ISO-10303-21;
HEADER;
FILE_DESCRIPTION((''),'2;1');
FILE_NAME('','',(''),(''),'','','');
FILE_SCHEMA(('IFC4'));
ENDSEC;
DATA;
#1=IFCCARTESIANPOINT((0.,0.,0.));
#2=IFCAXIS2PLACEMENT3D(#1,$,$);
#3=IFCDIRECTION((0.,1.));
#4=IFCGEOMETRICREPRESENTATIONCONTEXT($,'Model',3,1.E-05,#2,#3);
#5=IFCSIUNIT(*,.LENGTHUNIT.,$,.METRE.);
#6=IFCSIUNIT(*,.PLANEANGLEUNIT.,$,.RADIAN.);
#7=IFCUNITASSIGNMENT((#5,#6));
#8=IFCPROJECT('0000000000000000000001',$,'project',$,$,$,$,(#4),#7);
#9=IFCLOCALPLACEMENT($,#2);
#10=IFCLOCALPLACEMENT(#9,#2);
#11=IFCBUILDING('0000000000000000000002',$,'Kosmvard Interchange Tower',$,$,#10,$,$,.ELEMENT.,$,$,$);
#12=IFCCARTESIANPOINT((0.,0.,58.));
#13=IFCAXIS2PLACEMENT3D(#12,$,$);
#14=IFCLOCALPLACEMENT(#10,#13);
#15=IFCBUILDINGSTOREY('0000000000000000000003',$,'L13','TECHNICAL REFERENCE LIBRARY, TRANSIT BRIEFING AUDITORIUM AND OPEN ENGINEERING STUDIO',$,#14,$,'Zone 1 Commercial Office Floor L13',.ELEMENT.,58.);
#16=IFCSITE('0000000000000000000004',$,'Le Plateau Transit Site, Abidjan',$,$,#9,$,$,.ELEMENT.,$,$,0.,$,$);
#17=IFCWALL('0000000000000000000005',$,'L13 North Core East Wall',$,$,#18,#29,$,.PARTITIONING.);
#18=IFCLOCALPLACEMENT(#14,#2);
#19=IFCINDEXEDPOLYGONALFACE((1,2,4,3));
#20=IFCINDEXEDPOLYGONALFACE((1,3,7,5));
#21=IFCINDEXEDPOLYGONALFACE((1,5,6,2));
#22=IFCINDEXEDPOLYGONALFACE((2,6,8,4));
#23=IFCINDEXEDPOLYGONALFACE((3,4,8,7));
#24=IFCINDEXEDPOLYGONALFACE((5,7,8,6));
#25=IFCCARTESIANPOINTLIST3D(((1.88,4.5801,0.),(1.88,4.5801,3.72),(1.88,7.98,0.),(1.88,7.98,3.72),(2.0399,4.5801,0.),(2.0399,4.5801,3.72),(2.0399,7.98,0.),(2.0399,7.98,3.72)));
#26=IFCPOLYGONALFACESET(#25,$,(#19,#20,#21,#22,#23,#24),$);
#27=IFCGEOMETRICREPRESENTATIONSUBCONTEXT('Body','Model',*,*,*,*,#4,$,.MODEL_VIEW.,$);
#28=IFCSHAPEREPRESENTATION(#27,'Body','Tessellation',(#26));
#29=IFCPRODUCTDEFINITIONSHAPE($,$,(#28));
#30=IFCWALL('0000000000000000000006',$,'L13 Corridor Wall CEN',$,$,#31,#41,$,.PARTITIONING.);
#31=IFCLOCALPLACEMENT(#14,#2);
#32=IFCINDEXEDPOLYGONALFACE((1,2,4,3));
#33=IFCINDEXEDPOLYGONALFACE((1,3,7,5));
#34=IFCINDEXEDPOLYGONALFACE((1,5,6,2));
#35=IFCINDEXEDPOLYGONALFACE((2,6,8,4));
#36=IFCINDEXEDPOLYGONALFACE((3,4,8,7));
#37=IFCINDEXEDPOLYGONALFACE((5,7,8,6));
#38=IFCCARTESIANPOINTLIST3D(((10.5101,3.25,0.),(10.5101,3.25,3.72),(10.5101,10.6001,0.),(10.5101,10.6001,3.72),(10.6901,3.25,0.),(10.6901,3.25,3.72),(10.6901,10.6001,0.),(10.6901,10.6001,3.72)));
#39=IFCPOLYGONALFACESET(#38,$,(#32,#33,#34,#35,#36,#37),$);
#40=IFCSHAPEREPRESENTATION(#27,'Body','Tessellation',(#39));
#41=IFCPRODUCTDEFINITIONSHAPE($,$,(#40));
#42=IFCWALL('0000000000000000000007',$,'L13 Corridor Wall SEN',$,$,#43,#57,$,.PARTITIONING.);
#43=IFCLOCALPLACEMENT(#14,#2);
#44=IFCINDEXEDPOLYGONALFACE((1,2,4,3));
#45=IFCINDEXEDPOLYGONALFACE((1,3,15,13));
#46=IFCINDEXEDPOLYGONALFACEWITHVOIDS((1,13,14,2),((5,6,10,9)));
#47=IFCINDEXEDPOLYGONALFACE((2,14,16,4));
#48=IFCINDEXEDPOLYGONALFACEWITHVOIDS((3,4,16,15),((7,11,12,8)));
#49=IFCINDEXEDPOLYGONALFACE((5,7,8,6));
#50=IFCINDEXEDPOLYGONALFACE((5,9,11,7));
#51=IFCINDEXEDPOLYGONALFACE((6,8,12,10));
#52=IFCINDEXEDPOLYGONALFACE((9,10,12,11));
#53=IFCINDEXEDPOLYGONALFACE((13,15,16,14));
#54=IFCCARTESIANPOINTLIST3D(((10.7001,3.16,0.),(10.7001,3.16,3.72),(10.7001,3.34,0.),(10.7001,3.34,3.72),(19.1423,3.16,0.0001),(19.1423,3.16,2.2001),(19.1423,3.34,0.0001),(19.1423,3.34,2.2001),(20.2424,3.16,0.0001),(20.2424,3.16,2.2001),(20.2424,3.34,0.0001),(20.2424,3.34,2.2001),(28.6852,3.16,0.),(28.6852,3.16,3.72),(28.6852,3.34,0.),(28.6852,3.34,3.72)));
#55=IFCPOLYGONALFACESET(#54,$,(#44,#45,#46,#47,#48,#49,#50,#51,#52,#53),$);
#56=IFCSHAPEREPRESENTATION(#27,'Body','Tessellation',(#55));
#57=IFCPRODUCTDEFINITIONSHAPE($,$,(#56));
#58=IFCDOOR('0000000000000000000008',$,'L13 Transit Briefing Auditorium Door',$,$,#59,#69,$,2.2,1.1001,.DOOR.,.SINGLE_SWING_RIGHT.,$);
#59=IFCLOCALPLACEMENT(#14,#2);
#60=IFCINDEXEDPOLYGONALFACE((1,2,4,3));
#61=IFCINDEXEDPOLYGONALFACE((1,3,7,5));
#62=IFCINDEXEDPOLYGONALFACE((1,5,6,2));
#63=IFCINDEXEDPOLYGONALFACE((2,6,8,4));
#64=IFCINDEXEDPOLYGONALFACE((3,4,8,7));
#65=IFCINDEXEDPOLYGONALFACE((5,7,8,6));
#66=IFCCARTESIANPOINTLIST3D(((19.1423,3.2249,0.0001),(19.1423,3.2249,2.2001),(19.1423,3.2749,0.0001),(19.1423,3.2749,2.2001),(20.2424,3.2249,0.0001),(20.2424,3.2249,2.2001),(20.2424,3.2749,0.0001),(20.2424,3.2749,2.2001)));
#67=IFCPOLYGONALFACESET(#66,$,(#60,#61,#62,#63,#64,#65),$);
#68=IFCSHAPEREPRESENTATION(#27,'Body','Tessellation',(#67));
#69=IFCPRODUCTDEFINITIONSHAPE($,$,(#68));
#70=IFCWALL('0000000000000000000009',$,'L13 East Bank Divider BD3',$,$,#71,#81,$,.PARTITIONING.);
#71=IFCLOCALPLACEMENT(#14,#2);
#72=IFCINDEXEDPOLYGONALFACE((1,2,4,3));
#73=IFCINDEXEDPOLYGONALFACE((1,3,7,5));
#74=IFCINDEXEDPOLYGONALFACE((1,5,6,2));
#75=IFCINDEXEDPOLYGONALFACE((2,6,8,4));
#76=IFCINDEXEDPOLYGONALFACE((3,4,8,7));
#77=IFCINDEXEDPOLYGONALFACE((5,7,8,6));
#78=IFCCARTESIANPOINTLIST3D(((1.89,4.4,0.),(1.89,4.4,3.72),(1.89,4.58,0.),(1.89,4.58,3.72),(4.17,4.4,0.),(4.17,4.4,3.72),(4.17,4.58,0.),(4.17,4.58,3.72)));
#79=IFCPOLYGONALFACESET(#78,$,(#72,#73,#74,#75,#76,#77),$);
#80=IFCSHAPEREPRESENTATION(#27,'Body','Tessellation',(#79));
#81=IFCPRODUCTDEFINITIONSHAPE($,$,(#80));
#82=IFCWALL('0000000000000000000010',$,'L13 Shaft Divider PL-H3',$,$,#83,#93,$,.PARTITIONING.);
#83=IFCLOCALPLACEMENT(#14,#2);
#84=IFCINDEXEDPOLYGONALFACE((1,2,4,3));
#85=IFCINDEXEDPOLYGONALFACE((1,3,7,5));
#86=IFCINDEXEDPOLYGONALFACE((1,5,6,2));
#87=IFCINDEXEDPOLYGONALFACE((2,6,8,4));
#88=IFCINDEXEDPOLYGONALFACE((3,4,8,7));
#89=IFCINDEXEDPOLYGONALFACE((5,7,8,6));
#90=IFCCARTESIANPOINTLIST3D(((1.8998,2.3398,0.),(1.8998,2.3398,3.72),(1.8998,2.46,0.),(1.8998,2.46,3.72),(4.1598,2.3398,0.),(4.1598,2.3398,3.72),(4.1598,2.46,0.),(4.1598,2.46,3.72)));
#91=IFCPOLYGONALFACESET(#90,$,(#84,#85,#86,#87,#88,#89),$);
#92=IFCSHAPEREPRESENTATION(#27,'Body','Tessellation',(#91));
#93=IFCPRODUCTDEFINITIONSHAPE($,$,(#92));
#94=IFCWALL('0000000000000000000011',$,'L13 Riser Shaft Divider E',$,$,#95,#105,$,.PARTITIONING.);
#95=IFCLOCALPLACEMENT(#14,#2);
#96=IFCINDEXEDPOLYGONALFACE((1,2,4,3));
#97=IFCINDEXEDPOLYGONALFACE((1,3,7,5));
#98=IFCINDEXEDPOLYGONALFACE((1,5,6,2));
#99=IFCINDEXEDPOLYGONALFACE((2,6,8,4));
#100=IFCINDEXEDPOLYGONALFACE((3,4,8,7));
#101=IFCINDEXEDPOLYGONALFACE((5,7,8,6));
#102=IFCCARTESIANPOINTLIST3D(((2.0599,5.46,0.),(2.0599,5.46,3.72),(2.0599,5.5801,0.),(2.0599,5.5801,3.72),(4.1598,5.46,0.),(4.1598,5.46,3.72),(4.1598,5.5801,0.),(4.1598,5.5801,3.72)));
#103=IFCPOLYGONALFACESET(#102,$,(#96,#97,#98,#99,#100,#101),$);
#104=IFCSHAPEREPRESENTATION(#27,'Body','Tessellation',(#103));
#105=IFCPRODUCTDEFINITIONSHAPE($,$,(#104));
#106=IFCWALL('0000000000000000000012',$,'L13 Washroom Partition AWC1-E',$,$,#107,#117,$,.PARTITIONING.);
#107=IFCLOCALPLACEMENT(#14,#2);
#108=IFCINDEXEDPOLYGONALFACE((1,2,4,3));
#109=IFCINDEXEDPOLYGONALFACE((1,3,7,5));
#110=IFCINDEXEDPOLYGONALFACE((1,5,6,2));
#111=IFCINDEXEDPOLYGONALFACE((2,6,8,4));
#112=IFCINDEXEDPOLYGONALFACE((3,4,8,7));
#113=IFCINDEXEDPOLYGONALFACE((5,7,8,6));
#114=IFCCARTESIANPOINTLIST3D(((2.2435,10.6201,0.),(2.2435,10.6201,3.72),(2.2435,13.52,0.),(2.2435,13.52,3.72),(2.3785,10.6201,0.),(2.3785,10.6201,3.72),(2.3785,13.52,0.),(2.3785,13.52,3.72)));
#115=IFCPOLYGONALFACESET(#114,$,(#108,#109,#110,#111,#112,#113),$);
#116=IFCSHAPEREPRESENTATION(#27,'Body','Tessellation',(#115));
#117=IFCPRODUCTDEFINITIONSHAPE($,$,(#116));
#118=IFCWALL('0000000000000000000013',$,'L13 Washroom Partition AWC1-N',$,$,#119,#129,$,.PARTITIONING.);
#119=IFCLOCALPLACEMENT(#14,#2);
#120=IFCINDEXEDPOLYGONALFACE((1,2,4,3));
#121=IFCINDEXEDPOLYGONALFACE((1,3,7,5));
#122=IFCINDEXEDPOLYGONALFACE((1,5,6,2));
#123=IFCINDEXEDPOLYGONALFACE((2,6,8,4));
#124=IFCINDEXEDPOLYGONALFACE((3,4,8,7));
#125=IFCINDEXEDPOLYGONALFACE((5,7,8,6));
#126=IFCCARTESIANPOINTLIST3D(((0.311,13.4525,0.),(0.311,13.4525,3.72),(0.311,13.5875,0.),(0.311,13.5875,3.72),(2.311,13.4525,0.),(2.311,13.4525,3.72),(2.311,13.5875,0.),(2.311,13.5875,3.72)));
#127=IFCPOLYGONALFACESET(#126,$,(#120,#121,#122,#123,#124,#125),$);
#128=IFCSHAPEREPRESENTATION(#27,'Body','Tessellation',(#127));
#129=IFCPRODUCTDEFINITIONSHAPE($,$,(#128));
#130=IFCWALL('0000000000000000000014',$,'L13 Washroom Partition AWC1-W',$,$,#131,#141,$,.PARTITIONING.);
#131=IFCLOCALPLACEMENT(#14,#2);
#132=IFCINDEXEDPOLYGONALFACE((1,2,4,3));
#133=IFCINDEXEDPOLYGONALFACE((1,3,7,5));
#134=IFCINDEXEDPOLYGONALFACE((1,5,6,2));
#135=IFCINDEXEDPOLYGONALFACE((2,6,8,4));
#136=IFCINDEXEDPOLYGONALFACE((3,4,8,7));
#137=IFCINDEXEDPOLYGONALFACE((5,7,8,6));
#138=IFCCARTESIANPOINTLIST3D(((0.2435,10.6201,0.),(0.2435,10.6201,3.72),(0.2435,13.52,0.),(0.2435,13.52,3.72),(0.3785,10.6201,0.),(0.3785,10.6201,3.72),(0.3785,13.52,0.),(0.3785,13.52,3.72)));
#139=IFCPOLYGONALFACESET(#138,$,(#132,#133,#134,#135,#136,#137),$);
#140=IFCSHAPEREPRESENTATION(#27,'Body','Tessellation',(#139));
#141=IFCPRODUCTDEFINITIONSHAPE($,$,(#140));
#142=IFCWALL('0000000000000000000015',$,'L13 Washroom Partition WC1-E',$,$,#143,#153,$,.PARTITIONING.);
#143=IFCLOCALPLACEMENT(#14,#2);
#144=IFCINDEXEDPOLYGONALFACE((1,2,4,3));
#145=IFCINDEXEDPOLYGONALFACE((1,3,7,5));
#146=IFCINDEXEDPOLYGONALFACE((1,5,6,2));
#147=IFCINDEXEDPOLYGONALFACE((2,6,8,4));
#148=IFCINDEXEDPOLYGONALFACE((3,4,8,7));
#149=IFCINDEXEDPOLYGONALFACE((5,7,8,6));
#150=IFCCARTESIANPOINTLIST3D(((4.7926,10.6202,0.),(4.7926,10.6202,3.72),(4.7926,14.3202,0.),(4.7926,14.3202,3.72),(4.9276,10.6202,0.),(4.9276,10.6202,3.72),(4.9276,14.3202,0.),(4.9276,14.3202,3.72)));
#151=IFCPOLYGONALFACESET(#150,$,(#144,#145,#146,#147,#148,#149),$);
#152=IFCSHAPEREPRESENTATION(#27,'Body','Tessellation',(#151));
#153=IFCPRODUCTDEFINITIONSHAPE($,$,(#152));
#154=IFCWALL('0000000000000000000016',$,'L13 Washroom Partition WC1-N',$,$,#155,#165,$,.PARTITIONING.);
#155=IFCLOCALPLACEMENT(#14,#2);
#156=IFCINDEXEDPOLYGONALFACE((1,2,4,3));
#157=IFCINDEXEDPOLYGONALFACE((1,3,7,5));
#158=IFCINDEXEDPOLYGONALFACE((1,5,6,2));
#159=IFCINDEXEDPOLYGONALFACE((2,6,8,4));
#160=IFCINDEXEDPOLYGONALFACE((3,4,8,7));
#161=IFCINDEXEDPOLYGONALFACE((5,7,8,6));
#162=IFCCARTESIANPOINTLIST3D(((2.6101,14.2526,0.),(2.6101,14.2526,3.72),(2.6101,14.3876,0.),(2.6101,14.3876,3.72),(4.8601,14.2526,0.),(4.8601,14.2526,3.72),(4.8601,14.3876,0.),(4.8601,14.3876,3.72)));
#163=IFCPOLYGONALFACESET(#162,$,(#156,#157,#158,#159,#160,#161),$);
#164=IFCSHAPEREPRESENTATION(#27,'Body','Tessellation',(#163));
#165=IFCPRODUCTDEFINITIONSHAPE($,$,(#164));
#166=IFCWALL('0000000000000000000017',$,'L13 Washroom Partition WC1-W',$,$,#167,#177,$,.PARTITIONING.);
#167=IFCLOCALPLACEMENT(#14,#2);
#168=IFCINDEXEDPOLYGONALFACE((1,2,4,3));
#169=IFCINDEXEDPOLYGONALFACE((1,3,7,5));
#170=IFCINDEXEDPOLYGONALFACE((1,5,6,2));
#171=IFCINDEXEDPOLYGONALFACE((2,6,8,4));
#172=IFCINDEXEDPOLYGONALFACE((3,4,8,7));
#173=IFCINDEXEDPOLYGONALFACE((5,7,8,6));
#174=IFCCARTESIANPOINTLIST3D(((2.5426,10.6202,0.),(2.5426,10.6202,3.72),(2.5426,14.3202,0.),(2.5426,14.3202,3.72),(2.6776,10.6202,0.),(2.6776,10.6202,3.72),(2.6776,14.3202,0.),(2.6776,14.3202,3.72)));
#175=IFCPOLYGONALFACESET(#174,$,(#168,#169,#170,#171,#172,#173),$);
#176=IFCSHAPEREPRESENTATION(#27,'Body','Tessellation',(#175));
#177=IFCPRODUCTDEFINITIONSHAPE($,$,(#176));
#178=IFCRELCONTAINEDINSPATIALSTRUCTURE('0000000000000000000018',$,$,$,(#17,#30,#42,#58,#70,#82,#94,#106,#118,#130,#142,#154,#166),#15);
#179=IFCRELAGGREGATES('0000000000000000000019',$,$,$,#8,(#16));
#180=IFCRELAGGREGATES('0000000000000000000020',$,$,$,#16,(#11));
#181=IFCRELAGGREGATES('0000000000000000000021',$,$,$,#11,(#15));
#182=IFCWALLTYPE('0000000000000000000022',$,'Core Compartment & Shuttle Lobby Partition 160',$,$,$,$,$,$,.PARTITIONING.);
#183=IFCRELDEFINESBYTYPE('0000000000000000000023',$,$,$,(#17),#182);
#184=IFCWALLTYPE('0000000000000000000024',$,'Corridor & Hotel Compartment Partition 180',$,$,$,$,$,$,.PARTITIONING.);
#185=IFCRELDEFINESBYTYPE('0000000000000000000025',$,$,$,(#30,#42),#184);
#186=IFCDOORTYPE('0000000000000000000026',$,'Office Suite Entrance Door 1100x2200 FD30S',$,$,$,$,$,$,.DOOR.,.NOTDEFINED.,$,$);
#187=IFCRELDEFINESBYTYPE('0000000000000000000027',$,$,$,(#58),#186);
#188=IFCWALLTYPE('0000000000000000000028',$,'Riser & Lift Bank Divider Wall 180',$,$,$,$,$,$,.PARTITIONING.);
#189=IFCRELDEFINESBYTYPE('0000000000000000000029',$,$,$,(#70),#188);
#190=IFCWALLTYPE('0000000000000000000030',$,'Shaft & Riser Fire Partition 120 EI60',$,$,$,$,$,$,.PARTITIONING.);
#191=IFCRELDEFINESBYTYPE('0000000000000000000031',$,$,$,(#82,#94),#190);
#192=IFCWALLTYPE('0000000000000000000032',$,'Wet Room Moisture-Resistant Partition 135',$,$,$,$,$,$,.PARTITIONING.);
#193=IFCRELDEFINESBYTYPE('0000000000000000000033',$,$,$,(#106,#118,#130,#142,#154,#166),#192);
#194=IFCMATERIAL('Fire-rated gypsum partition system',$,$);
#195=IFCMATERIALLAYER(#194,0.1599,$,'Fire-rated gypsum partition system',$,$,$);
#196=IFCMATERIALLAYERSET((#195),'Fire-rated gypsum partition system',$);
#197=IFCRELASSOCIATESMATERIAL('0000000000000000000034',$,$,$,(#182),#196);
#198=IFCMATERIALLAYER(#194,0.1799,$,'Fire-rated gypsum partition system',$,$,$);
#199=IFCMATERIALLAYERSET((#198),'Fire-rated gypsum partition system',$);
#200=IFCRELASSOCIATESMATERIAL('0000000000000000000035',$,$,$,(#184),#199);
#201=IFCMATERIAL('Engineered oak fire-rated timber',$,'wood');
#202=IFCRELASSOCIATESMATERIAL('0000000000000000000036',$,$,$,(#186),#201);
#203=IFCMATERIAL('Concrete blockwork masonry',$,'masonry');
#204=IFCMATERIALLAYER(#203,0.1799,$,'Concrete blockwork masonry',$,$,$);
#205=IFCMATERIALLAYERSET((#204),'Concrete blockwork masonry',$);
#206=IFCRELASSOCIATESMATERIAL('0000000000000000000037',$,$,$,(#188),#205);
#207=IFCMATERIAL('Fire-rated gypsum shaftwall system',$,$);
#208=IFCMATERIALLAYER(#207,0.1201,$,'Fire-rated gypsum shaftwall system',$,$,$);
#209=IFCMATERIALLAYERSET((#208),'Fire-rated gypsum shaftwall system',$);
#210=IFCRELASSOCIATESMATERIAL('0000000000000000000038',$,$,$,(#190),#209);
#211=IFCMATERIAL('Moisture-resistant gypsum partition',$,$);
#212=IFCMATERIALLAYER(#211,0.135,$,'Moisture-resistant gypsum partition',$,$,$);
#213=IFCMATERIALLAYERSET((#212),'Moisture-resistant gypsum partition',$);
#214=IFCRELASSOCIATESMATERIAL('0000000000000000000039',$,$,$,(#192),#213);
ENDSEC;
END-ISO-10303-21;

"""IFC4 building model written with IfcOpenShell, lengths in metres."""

from ifc_helpers import new_model, si_unit, direction, frame, frame_2d, origin, place, context, subcontext, project, spatial, rectangle, extrude, source, transform, mapped, material, layer, layer_set, type_object, element, fill, save


model = new_model("IFC4")

# Units and contexts
model_context = context("Model", 3, precision=1e-05, world=origin(), true_north=direction((0.0, 1.0)))
body_context = subcontext(model_context, "Body", "Model", "MODEL_VIEW")
ifc_project = project(units=[si_unit("LENGTHUNIT", "METRE"), si_unit("PLANEANGLEUNIT", "RADIAN")], contexts=[model_context])

# Site, building, storey
site_placement = place(None, origin())
site = spatial("IfcSite", under=ifc_project, at=site_placement, Name="Le Plateau Transit Site, Abidjan", CompositionType="ELEMENT", RefElevation=0.0)
building_placement = place(site_placement, origin())
building = spatial("IfcBuilding", under=site, at=building_placement, Name="Kosmvard Interchange Tower", CompositionType="ELEMENT")
storey_placement = place(building_placement, frame((0.0, 0.0, 58.0)))
storey = spatial("IfcBuildingStorey", under=building, at=storey_placement, Name="L13", Description="TECHNICAL REFERENCE LIBRARY, TRANSIT BRIEFING AUDITORIUM AND OPEN ENGINEERING STUDIO", LongName="Zone 1 Commercial Office Floor L13", CompositionType="ELEMENT", Elevation=58.0)

# Walls
ifc_material_1 = material(Name="Fire-rated gypsum partition system")
ifc_layer_1 = layer(ifc_material_1, 0.1599, Name="Fire-rated gypsum partition system")
ifc_layer_set_1 = layer_set([ifc_layer_1], Name="Fire-rated gypsum partition system")
wall_type_1 = type_object("IfcWallType", Name="Core Compartment & Shuttle Lobby Partition 160", PredefinedType="PARTITIONING", material=ifc_layer_set_1)
wall_1_placement = place(storey_placement, frame((1.96, 4.5801, 0.0), z_axis=(0.0, 0.0, 1.0), x_axis=(0.0, 1.0, 0.0)))
element("IfcWall", 1, at=wall_1_placement, inside=storey, type_object=wall_type_1, Name="L13 North Core East Wall", PredefinedType="PARTITIONING", context=body_context, shape_type="SweptSolid", body=[
    extrude(rectangle(XDim=3.3999, YDim=0.1599, at=frame_2d((1.7, 0.0))), origin(), (0.0, 0.0, 1.0), 3.72),
])
ifc_layer_2 = layer(ifc_material_1, 0.1799, Name="Fire-rated gypsum partition system")
ifc_layer_set_2 = layer_set([ifc_layer_2], Name="Fire-rated gypsum partition system")
wall_type_2 = type_object("IfcWallType", Name="Corridor & Hotel Compartment Partition 180", PredefinedType="PARTITIONING", material=ifc_layer_set_2)
wall_2_placement = place(storey_placement, frame((10.6001, 3.25, 0.0), z_axis=(0.0, 0.0, 1.0), x_axis=(0.0, 1.0, 0.0)))
element("IfcWall", 2, at=wall_2_placement, inside=storey, type_object=wall_type_2, Name="L13 Corridor Wall CEN", PredefinedType="PARTITIONING", context=body_context, shape_type="SweptSolid", body=[
    extrude(rectangle(XDim=7.3501, YDim=0.1799, at=frame_2d((3.675, 0.0))), origin(), (0.0, 0.0, 1.0), 3.72),
])

# Wall, opening, door
wall_3_placement = place(storey_placement, frame((10.7, 3.25, 0.0), z_axis=(0.0, 0.0, 1.0), x_axis=(1.0, 0.0, 0.0)))
wall_3 = element("IfcWall", 3, at=wall_3_placement, inside=storey, type_object=wall_type_2, Name="L13 Corridor Wall SEN", PredefinedType="PARTITIONING", context=body_context, shape_type="SweptSolid", body=[
    extrude(rectangle(XDim=17.9851, YDim=0.1799, at=frame_2d((8.9927, 0.0))), origin(), (0.0, 0.0, 1.0), 3.72),
])
opening_placement = place(wall_3_placement, frame((8.4424, 0.0, 0.0)))
opening = element("IfcOpeningElement", 4, at=opening_placement, cuts=wall_3, PredefinedType="OPENING", context=body_context, shape_type="SweptSolid", body=[
    extrude(rectangle(XDim=1.1001, YDim=2.2, at=frame_2d((0.55, 1.1001))), frame((0.0, 0.1001, 0.0), z_axis=(0.0, -1.0, 0.0), x_axis=(1.0, 0.0, 0.0)), (0.0, 0.0, 1.0), 0.2),
])
ifc_material_2 = material(Name="Engineered oak fire-rated timber", Category="wood")
door_type = type_object("IfcDoorType", Name="Office Suite Entrance Door 1100x2200 FD30S", OperationType="NOTDEFINED", PredefinedType="DOOR", material=ifc_material_2)
shared_shape_1 = source(origin(), body_context, "Body", "SweptSolid", [
    extrude(rectangle(XDim=1.1001, YDim=2.2, at=frame_2d((0.55, 1.1001))), frame((0.0, 0.0249, 0.0), z_axis=(0.0, -1.0, 0.0), x_axis=(1.0, 0.0, 0.0)), (0.0, 0.0, 1.0), 0.05),
])
door_placement = place(opening_placement, origin())
door = element("IfcDoor", 5, at=door_placement, inside=storey, type_object=door_type, Name="L13 Transit Briefing Auditorium Door", OperationType="SINGLE_SWING_RIGHT", OverallHeight=2.2, OverallWidth=1.1001, PredefinedType="DOOR", context=body_context, shape_type="MappedRepresentation", body=[
    mapped(shared_shape_1, transform((0.0, 0.0, 0.0), scale=1.0)),
])
fill(opening, door)

# Walls
ifc_material_3 = material(Name="Concrete blockwork masonry", Category="masonry")
ifc_layer_3 = layer(ifc_material_3, 0.1799, Name="Concrete blockwork masonry")
ifc_layer_set_3 = layer_set([ifc_layer_3], Name="Concrete blockwork masonry")
wall_type_3 = type_object("IfcWallType", Name="Riser & Lift Bank Divider Wall 180", PredefinedType="PARTITIONING", material=ifc_layer_set_3)
wall_4_placement = place(storey_placement, frame((1.8899, 4.49, 0.0), z_axis=(0.0, 0.0, 1.0), x_axis=(1.0, 0.0, 0.0)))
element("IfcWall", 6, at=wall_4_placement, inside=storey, type_object=wall_type_3, Name="L13 East Bank Divider BD3", PredefinedType="PARTITIONING", context=body_context, shape_type="SweptSolid", body=[
    extrude(rectangle(XDim=2.28, YDim=0.1799, at=frame_2d((1.1401, 0.0))), origin(), (0.0, 0.0, 1.0), 3.72),
])
ifc_material_4 = material(Name="Fire-rated gypsum shaftwall system")
ifc_layer_4 = layer(ifc_material_4, 0.1201, Name="Fire-rated gypsum shaftwall system")
ifc_layer_set_4 = layer_set([ifc_layer_4], Name="Fire-rated gypsum shaftwall system")
wall_type_4 = type_object("IfcWallType", Name="Shaft & Riser Fire Partition 120 EI60", PredefinedType="PARTITIONING", material=ifc_layer_set_4)
wall_5_placement = place(storey_placement, frame((1.8999, 2.3999, 0.0), z_axis=(0.0, 0.0, 1.0), x_axis=(1.0, 0.0, 0.0)))
element("IfcWall", 7, at=wall_5_placement, inside=storey, type_object=wall_type_4, Name="L13 Shaft Divider PL-H3", PredefinedType="PARTITIONING", context=body_context, shape_type="SweptSolid", body=[
    extrude(rectangle(XDim=2.26, YDim=0.1201, at=frame_2d((1.1299, 0.0))), origin(), (0.0, 0.0, 1.0), 3.72),
])
wall_6_placement = place(storey_placement, frame((2.0601, 5.52, 0.0), z_axis=(0.0, 0.0, 1.0), x_axis=(1.0, 0.0, 0.0)))
element("IfcWall", 8, at=wall_6_placement, inside=storey, type_object=wall_type_4, Name="L13 Riser Shaft Divider E", PredefinedType="PARTITIONING", context=body_context, shape_type="SweptSolid", body=[
    extrude(rectangle(XDim=2.0999, YDim=0.1201, at=frame_2d((1.0498, 0.0))), origin(), (0.0, 0.0, 1.0), 3.72),
])
ifc_material_5 = material(Name="Moisture-resistant gypsum partition")
ifc_layer_5 = layer(ifc_material_5, 0.135, Name="Moisture-resistant gypsum partition")
ifc_layer_set_5 = layer_set([ifc_layer_5], Name="Moisture-resistant gypsum partition")
wall_type_5 = type_object("IfcWallType", Name="Wet Room Moisture-Resistant Partition 135", PredefinedType="PARTITIONING", material=ifc_layer_set_5)
wall_7_placement = place(storey_placement, frame((2.311, 10.6201, 0.0), z_axis=(0.0, 0.0, 1.0), x_axis=(0.0, 1.0, 0.0)))
element("IfcWall", 9, at=wall_7_placement, inside=storey, type_object=wall_type_5, Name="L13 Washroom Partition AWC1-E", PredefinedType="PARTITIONING", context=body_context, shape_type="SweptSolid", body=[
    extrude(rectangle(XDim=2.8999, YDim=0.135, at=frame_2d((1.45, 0.0))), origin(), (0.0, 0.0, 1.0), 3.72),
])
wall_8_placement = place(storey_placement, frame((0.311, 13.52, 0.0), z_axis=(0.0, 0.0, 1.0), x_axis=(1.0, 0.0, 0.0)))
element("IfcWall", 10, at=wall_8_placement, inside=storey, type_object=wall_type_5, Name="L13 Washroom Partition AWC1-N", PredefinedType="PARTITIONING", context=body_context, shape_type="SweptSolid", body=[
    extrude(rectangle(XDim=2.0, YDim=0.135, at=frame_2d((1.0, 0.0))), origin(), (0.0, 0.0, 1.0), 3.72),
])
wall_9_placement = place(storey_placement, frame((0.311, 10.6201, 0.0), z_axis=(0.0, 0.0, 1.0), x_axis=(0.0, 1.0, 0.0)))
element("IfcWall", 11, at=wall_9_placement, inside=storey, type_object=wall_type_5, Name="L13 Washroom Partition AWC1-W", PredefinedType="PARTITIONING", context=body_context, shape_type="SweptSolid", body=[
    extrude(rectangle(XDim=2.8999, YDim=0.135, at=frame_2d((1.45, 0.0))), origin(), (0.0, 0.0, 1.0), 3.72),
])
wall_10_placement = place(storey_placement, frame((4.8601, 10.6201, 0.0), z_axis=(0.0, 0.0, 1.0), x_axis=(0.0, 1.0, 0.0)))
element("IfcWall", 12, at=wall_10_placement, inside=storey, type_object=wall_type_5, Name="L13 Washroom Partition WC1-E", PredefinedType="PARTITIONING", context=body_context, shape_type="SweptSolid", body=[
    extrude(rectangle(XDim=3.7, YDim=0.135, at=frame_2d((1.8501, 0.0))), origin(), (0.0, 0.0, 1.0), 3.72),
])
wall_11_placement = place(storey_placement, frame((2.6101, 14.3201, 0.0), z_axis=(0.0, 0.0, 1.0), x_axis=(1.0, 0.0, 0.0)))
element("IfcWall", 13, at=wall_11_placement, inside=storey, type_object=wall_type_5, Name="L13 Washroom Partition WC1-N", PredefinedType="PARTITIONING", context=body_context, shape_type="SweptSolid", body=[
    extrude(rectangle(XDim=2.25, YDim=0.135, at=frame_2d((1.125, 0.0))), origin(), (0.0, 0.0, 1.0), 3.72),
])
wall_12_placement = place(storey_placement, frame((2.6101, 10.6201, 0.0), z_axis=(0.0, 0.0, 1.0), x_axis=(0.0, 1.0, 0.0)))
element("IfcWall", 14, at=wall_12_placement, inside=storey, type_object=wall_type_5, Name="L13 Washroom Partition WC1-W", PredefinedType="PARTITIONING", context=body_context, shape_type="SweptSolid", body=[
    extrude(rectangle(XDim=3.7, YDim=0.135, at=frame_2d((1.8501, 0.0))), origin(), (0.0, 0.0, 1.0), 3.72),
])

save(model, "model.ifc")
